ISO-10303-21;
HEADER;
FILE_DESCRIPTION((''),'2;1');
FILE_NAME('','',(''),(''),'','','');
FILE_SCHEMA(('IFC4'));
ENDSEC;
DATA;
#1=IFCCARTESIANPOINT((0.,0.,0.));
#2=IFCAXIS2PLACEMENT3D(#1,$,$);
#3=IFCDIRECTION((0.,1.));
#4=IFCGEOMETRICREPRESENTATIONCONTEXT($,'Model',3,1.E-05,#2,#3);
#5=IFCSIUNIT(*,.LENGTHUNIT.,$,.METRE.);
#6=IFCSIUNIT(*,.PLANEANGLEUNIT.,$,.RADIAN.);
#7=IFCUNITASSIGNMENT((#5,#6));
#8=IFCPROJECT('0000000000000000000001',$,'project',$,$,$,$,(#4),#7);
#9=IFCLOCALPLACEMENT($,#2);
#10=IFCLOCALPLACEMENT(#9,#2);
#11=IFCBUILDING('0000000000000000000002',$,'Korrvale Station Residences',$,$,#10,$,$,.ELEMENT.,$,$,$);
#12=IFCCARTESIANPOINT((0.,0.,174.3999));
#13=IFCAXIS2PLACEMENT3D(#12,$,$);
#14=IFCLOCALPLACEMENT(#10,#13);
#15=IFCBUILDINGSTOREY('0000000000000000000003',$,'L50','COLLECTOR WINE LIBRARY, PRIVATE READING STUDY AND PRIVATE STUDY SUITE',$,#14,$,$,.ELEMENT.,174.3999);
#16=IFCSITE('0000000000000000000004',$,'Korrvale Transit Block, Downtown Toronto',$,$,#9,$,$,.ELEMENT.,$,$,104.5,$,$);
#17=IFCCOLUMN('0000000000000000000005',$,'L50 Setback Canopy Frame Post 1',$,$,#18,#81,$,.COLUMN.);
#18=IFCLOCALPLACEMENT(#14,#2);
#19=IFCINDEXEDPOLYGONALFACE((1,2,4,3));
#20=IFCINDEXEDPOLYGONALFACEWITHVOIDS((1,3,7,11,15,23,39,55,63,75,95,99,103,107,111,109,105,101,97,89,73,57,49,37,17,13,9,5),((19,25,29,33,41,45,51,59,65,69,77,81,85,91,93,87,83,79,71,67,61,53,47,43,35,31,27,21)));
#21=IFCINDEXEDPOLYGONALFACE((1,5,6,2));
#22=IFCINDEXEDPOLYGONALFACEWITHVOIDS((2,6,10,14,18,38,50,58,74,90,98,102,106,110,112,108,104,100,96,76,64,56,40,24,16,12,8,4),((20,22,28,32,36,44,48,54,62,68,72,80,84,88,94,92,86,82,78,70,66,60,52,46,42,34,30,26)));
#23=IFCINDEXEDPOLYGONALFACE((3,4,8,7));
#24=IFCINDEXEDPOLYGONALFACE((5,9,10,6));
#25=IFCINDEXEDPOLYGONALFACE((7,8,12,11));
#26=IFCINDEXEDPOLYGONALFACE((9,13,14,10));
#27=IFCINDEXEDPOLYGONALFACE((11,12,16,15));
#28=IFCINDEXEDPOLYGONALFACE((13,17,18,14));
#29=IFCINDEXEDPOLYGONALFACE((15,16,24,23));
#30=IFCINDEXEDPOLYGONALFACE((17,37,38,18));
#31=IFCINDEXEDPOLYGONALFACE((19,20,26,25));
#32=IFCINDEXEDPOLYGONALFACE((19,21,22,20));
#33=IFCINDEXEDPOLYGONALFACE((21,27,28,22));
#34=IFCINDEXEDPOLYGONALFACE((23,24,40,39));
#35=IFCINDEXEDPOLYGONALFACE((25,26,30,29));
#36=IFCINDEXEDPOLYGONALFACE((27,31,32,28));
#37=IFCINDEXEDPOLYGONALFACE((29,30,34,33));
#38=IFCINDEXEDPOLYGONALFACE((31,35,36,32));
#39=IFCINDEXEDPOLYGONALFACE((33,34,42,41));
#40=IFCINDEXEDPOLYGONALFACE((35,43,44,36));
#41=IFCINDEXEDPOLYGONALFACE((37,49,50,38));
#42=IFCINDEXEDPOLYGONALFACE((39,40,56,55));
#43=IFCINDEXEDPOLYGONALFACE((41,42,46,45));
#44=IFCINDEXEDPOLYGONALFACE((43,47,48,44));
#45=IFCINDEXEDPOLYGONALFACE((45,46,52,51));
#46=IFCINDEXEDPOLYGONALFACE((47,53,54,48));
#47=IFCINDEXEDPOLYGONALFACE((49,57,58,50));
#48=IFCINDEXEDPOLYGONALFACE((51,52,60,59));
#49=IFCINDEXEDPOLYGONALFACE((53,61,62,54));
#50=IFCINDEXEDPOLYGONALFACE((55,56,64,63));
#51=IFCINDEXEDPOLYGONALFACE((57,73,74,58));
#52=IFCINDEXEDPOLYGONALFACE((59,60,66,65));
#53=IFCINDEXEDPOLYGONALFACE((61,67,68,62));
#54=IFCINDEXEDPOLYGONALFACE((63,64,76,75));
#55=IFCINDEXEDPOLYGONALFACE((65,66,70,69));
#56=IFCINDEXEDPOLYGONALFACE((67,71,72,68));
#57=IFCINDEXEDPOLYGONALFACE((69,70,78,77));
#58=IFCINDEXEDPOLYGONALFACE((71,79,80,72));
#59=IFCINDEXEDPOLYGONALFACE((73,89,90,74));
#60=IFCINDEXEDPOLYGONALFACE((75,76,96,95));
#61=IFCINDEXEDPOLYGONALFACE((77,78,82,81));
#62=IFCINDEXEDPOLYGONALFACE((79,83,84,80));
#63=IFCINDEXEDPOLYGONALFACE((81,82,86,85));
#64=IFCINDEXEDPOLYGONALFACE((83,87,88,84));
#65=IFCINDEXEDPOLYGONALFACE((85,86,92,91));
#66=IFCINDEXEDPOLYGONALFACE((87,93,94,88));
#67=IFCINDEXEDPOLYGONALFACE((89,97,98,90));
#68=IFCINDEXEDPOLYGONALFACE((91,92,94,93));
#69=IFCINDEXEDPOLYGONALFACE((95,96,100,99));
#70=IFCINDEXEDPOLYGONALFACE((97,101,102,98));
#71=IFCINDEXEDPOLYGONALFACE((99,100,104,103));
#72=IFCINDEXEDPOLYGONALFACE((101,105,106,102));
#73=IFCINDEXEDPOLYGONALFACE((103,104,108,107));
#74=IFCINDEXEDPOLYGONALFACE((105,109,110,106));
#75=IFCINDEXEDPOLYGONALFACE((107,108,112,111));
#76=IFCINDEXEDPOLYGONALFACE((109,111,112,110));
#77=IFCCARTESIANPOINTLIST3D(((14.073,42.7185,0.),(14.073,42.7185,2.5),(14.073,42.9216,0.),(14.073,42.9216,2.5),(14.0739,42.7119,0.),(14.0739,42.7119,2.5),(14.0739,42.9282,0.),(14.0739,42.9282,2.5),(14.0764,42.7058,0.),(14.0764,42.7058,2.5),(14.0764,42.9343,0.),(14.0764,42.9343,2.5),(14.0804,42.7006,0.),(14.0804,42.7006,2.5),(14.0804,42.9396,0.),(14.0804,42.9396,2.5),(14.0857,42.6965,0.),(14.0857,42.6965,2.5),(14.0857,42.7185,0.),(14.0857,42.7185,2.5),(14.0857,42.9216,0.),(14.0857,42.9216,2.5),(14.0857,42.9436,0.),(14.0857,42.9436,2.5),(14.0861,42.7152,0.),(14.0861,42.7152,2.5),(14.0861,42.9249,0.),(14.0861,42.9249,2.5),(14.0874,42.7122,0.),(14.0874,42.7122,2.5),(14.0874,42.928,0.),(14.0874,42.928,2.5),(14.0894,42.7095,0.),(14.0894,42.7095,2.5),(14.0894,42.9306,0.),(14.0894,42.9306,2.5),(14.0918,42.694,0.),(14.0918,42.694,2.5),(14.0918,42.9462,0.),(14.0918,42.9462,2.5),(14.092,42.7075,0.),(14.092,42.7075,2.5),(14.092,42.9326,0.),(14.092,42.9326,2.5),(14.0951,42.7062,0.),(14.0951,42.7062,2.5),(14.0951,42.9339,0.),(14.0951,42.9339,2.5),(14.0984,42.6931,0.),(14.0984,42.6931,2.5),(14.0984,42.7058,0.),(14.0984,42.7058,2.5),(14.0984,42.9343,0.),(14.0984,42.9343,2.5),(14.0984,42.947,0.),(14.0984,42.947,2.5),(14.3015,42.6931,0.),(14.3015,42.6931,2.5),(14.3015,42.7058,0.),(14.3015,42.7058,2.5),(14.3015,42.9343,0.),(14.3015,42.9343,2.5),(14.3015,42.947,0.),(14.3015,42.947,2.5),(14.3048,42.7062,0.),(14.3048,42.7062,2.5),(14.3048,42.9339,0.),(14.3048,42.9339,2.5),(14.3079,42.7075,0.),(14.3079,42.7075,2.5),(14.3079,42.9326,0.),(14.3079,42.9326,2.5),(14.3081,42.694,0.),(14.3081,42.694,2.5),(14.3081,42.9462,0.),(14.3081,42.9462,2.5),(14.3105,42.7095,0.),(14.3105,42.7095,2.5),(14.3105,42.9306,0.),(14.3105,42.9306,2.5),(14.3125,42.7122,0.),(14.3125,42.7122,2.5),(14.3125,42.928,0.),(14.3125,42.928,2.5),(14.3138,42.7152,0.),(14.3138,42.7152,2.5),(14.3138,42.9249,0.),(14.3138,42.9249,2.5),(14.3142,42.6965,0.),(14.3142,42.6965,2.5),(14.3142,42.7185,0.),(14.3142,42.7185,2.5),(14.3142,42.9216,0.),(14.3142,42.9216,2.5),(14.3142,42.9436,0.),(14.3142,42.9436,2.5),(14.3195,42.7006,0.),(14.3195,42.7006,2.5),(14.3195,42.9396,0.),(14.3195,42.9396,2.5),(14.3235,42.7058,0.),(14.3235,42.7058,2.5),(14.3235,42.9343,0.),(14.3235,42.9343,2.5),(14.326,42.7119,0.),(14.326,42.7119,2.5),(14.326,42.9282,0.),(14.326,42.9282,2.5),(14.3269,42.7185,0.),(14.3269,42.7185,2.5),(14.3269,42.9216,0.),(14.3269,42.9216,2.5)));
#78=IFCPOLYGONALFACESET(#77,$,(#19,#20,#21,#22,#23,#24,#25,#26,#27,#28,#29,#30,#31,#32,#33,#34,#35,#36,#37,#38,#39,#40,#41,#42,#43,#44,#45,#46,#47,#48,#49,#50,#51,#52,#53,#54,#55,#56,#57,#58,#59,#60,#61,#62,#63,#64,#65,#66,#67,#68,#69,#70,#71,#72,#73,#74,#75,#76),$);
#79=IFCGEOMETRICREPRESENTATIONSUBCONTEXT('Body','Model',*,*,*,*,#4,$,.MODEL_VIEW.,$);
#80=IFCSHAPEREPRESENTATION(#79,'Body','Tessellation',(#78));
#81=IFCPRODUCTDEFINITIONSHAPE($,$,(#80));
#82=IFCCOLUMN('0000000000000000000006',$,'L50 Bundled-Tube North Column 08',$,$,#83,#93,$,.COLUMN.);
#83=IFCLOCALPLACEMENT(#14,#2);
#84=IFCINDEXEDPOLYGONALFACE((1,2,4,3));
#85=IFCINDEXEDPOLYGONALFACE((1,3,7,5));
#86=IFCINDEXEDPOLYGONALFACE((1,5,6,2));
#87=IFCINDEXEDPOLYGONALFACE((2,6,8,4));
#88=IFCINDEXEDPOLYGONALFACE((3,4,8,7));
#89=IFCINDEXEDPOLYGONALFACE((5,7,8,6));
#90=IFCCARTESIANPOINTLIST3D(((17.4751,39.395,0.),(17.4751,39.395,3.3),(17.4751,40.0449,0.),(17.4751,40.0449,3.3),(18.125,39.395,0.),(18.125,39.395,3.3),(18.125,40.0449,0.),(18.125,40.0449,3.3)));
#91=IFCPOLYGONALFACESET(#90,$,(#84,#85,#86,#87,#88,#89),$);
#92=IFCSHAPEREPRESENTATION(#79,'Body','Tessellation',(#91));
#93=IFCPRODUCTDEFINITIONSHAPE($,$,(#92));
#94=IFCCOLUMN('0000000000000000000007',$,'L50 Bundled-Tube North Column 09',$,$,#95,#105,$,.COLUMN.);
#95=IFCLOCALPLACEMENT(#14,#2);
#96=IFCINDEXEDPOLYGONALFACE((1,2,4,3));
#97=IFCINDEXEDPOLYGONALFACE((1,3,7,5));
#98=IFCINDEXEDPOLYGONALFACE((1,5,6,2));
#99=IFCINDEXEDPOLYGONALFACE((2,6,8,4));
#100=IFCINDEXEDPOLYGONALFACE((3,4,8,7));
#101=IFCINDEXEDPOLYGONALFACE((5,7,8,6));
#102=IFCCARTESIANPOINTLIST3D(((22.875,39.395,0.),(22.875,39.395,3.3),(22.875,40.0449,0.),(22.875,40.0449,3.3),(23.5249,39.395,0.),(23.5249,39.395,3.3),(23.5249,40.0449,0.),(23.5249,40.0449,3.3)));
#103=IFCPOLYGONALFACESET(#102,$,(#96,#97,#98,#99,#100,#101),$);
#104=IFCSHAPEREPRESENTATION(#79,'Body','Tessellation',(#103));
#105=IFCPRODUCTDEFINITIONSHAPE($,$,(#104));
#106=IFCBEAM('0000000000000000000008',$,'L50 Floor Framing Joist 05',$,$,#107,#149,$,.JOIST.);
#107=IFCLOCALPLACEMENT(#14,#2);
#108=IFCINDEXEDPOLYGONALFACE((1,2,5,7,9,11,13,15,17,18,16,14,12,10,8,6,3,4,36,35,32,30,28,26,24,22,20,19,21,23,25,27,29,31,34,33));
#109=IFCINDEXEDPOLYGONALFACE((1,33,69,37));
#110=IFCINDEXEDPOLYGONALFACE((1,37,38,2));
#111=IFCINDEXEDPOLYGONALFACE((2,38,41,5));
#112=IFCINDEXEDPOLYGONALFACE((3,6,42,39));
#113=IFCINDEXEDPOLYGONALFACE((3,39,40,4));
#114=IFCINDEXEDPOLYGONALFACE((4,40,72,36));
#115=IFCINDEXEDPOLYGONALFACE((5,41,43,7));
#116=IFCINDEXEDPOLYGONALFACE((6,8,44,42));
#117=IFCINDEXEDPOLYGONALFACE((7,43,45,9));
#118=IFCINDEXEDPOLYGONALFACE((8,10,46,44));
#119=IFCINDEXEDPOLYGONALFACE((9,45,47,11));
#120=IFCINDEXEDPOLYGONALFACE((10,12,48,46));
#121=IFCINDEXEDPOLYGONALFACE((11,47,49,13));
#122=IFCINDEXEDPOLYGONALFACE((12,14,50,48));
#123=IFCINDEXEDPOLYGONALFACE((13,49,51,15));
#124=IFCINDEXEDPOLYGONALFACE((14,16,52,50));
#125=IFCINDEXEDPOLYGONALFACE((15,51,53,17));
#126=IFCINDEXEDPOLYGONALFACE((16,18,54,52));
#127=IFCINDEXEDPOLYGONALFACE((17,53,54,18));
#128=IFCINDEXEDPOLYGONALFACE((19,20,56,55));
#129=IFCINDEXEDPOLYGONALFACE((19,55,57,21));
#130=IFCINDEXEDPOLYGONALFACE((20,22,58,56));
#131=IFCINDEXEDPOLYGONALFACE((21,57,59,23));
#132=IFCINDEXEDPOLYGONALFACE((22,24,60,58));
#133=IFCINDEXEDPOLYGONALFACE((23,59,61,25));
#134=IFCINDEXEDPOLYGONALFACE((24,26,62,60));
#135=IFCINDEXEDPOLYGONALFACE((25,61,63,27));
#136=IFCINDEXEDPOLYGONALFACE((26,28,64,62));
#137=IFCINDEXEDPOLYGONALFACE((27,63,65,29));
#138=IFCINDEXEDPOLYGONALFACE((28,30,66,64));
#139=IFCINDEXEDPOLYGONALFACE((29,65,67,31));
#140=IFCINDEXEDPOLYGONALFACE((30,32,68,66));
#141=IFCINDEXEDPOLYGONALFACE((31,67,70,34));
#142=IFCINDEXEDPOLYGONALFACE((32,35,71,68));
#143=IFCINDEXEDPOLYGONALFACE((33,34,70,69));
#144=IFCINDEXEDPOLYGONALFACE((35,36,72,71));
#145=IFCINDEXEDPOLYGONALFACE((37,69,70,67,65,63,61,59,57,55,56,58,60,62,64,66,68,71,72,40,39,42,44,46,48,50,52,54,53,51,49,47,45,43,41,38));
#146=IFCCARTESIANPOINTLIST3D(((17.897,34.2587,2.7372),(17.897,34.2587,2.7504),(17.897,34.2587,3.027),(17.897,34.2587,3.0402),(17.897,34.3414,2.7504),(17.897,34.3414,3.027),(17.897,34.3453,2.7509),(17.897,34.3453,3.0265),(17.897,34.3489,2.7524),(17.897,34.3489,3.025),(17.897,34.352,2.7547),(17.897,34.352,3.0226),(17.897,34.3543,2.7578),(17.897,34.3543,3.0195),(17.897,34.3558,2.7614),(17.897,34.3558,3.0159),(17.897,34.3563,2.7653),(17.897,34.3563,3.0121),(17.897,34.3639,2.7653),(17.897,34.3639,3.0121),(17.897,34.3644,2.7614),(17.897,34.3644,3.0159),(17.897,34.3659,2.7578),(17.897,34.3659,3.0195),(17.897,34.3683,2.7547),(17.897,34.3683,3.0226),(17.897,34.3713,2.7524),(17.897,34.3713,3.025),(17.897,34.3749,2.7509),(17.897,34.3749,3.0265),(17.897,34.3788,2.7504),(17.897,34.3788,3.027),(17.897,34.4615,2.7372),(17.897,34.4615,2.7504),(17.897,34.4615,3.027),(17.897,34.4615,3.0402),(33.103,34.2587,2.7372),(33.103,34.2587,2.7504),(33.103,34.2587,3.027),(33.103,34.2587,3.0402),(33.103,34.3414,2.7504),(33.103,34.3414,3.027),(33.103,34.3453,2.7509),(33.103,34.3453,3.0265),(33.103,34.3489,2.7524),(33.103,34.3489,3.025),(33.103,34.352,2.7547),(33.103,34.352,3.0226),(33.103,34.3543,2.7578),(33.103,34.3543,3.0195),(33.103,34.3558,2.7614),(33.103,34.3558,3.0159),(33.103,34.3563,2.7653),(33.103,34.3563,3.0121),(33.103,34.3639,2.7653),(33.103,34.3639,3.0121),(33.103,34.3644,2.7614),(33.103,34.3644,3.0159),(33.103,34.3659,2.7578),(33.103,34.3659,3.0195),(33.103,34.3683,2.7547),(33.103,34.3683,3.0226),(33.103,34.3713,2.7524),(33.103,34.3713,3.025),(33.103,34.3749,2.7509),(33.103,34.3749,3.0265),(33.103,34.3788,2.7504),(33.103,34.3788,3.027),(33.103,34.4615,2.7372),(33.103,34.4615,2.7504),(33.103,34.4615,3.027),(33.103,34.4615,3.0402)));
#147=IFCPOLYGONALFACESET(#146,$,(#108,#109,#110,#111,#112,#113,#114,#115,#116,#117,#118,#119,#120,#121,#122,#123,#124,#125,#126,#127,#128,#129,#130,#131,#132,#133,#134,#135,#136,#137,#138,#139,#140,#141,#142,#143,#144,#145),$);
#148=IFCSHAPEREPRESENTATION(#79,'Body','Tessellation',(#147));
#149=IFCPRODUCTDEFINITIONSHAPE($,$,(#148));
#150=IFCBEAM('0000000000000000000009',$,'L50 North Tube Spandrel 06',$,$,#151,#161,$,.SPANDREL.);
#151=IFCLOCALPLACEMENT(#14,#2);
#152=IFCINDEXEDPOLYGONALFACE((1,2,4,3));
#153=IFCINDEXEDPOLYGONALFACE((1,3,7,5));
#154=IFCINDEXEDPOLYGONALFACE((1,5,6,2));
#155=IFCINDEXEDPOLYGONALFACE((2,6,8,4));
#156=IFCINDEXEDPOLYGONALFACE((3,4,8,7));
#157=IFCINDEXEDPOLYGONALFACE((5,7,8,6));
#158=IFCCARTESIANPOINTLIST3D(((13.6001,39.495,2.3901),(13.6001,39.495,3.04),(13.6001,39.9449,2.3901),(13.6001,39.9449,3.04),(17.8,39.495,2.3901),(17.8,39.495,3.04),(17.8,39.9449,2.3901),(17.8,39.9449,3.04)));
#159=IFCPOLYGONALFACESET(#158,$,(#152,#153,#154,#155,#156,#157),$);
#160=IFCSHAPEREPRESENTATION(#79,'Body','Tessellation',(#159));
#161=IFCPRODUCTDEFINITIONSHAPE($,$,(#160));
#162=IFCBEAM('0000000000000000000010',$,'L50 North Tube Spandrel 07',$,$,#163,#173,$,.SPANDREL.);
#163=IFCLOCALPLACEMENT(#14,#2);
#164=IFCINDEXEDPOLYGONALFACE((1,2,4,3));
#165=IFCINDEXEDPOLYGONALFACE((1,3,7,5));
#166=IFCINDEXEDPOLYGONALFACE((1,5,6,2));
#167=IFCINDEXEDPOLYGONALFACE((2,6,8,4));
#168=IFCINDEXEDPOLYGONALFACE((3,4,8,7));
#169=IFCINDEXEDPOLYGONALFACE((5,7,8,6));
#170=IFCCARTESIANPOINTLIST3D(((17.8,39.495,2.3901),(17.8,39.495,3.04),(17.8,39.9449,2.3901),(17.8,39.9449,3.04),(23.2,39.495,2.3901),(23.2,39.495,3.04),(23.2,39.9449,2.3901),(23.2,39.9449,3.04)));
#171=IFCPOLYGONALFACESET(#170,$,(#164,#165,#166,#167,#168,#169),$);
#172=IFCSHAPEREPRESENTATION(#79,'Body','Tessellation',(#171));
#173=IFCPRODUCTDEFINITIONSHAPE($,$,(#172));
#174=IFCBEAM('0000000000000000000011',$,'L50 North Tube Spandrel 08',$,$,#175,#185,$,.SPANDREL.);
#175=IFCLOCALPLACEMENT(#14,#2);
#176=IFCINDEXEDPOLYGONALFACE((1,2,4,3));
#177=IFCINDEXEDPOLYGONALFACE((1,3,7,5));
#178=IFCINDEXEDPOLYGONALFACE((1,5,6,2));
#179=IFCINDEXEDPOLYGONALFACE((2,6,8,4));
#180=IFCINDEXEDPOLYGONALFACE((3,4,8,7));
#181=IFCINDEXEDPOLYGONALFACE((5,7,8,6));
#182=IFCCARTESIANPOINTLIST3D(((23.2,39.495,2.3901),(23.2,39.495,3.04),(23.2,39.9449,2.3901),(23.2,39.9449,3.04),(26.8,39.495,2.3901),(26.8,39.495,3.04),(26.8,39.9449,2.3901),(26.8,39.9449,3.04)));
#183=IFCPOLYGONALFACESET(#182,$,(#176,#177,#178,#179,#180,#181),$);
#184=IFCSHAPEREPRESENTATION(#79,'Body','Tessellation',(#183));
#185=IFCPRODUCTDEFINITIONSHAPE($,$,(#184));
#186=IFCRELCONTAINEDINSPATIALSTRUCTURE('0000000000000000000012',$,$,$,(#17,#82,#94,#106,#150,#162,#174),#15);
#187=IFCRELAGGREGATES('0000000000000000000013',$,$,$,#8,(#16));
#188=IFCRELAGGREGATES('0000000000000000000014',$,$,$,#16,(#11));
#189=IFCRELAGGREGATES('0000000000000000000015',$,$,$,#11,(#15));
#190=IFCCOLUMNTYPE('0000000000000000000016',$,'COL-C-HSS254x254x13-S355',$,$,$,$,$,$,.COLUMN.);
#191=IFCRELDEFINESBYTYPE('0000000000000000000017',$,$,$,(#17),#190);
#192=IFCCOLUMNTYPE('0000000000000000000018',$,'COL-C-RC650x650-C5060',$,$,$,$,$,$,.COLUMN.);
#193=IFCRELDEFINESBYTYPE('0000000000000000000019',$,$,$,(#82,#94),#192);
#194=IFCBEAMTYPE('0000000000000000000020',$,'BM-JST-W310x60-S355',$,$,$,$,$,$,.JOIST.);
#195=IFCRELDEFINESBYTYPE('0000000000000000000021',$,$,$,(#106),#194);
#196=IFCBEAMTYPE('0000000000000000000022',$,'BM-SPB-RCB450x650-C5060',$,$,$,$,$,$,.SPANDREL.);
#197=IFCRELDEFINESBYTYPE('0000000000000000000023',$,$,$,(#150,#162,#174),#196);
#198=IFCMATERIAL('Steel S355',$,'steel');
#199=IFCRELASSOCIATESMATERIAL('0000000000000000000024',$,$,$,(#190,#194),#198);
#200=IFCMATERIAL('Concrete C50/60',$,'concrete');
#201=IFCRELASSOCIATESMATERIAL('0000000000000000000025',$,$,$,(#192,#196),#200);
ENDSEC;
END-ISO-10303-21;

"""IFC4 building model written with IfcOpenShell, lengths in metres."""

from ifc_helpers import new_model, si_unit, direction, frame, origin, origin_2d, place, context, subcontext, project, spatial, rectangle, hollow_rectangle, i_section, extrude, material, material_profile, profile_set, type_object, element, save


model = new_model("IFC4")

# Units and contexts
model_context = context("Model", 3, precision=1e-05, world=origin(), true_north=direction((0.0, 1.0)))
body_context = subcontext(model_context, "Body", "Model", "MODEL_VIEW")
ifc_project = project(units=[si_unit("LENGTHUNIT", "METRE"), si_unit("PLANEANGLEUNIT", "RADIAN")], contexts=[model_context])

# Site, building, storey
site_placement = place(None, origin())
site = spatial("IfcSite", under=ifc_project, at=site_placement, Name="Korrvale Transit Block, Downtown Toronto", CompositionType="ELEMENT", RefElevation=104.5)
building_placement = place(site_placement, origin())
building = spatial("IfcBuilding", under=site, at=building_placement, Name="Korrvale Station Residences", CompositionType="ELEMENT")
storey_placement = place(building_placement, frame((0.0, 0.0, 174.3999)))
storey = spatial("IfcBuildingStorey", under=building, at=storey_placement, Name="L50", Description="COLLECTOR WINE LIBRARY, PRIVATE READING STUDY AND PRIVATE STUDY SUITE", CompositionType="ELEMENT", Elevation=174.3999)

# Columns
ifc_material_1 = material(Name="Steel S355", Category="steel")
ifc_material_profile_1 = material_profile(ifc_material_1, hollow_rectangle(XDim=0.2539, YDim=0.2539, WallThickness=0.0127, InnerFilletRadius=0.0127, OuterFilletRadius=0.0254, at=origin_2d()), Name="HSS254x254x13")
ifc_profile_set_1 = profile_set([ifc_material_profile_1], Name="Steel S355")
column_type_1 = type_object("IfcColumnType", Name="COL-C-HSS254x254x13-S355", PredefinedType="COLUMN", material=ifc_profile_set_1)
column_placement = place(storey_placement, frame((14.2, 42.8201, 0.0), z_axis=(0.0, 0.0, 1.0), x_axis=(1.0, 0.0, 0.0)))
element("IfcColumn", 1, at=column_placement, inside=storey, type_object=column_type_1, Name="L50 Setback Canopy Frame Post 1", PredefinedType="COLUMN", context=body_context, shape_type="SweptSolid", body=[
    extrude(hollow_rectangle(XDim=0.2539, YDim=0.2539, WallThickness=0.0127, InnerFilletRadius=0.0127, OuterFilletRadius=0.0254, at=origin_2d()), origin(), (0.0, 0.0, 1.0), 2.5),
])
ifc_material_2 = material(Name="Concrete C50/60", Category="concrete")
ifc_material_profile_2 = material_profile(ifc_material_2, rectangle(XDim=0.6499, YDim=0.6499, at=origin_2d()), Name="RC650x650")
ifc_profile_set_2 = profile_set([ifc_material_profile_2], Name="Concrete C50/60")
column_type_2 = type_object("IfcColumnType", Name="COL-C-RC650x650-C5060", PredefinedType="COLUMN", material=ifc_profile_set_2)
for number, where, z_axis, x_axis, name in (
    (2, (17.8, 39.72, 0.0), (0.0, 0.0, 1.0), (1.0, 0.0, 0.0), "L50 Bundled-Tube North Column 08"),
    (3, (23.2, 39.72, 0.0), (0.0, 0.0, 1.0), (1.0, 0.0, 0.0), "L50 Bundled-Tube North Column 09"),
):
    element("IfcColumn", number, at=place(storey_placement, frame(where, z_axis=z_axis, x_axis=x_axis)), inside=storey, type_object=column_type_2, Name=name, PredefinedType="COLUMN", context=body_context, shape_type="SweptSolid", body=[
        extrude(rectangle(XDim=0.6499, YDim=0.6499, at=origin_2d()), origin(), (0.0, 0.0, 1.0), 3.3),
    ])

# Beams
ifc_material_profile_3 = material_profile(ifc_material_1, i_section(OverallWidth=0.2029, OverallDepth=0.303, WebThickness=0.0076, FlangeThickness=0.0132, FilletRadius=0.0149, at=origin_2d()), Name="W310x60")
ifc_profile_set_3 = profile_set([ifc_material_profile_3], Name="Steel S355")
beam_type_1 = type_object("IfcBeamType", Name="BM-JST-W310x60-S355", PredefinedType="JOIST", material=ifc_profile_set_3)
beam_1_placement = place(storey_placement, frame((17.897, 34.3601, 2.8887), z_axis=(1.0, 0.0, 0.0), x_axis=(0.0, 1.0, 0.0)))
element("IfcBeam", 4, at=beam_1_placement, inside=storey, type_object=beam_type_1, Name="L50 Floor Framing Joist 05", PredefinedType="JOIST", context=body_context, shape_type="SweptSolid", body=[
    extrude(i_section(OverallWidth=0.2029, OverallDepth=0.303, WebThickness=0.0076, FlangeThickness=0.0132, FilletRadius=0.0149, at=origin_2d()), origin(), (0.0, 0.0, 1.0), 15.2061),
])
ifc_material_profile_4 = material_profile(ifc_material_2, rectangle(XDim=0.45, YDim=0.6499, at=origin_2d()), Name="RCB450x650")
ifc_profile_set_4 = profile_set([ifc_material_profile_4], Name="Concrete C50/60")
beam_type_2 = type_object("IfcBeamType", Name="BM-SPB-RCB450x650-C5060", PredefinedType="SPANDREL", material=ifc_profile_set_4)
beam_2_placement = place(storey_placement, frame((13.6001, 39.72, 2.7151), z_axis=(1.0, 0.0, 0.0), x_axis=(0.0, 1.0, 0.0)))
element("IfcBeam", 5, at=beam_2_placement, inside=storey, type_object=beam_type_2, Name="L50 North Tube Spandrel 06", PredefinedType="SPANDREL", context=body_context, shape_type="SweptSolid", body=[
    extrude(rectangle(XDim=0.45, YDim=0.6499, at=origin_2d()), origin(), (0.0, 0.0, 1.0), 4.2),
])
beam_3_placement = place(storey_placement, frame((17.8, 39.72, 2.7151), z_axis=(1.0, 0.0, 0.0), x_axis=(0.0, 1.0, 0.0)))
element("IfcBeam", 6, at=beam_3_placement, inside=storey, type_object=beam_type_2, Name="L50 North Tube Spandrel 07", PredefinedType="SPANDREL", context=body_context, shape_type="SweptSolid", body=[
    extrude(rectangle(XDim=0.45, YDim=0.6499, at=origin_2d()), origin(), (0.0, 0.0, 1.0), 5.3999),
])
beam_4_placement = place(storey_placement, frame((23.2, 39.72, 2.7151), z_axis=(1.0, 0.0, 0.0), x_axis=(0.0, 1.0, 0.0)))
element("IfcBeam", 7, at=beam_4_placement, inside=storey, type_object=beam_type_2, Name="L50 North Tube Spandrel 08", PredefinedType="SPANDREL", context=body_context, shape_type="SweptSolid", body=[
    extrude(rectangle(XDim=0.45, YDim=0.6499, at=origin_2d()), origin(), (0.0, 0.0, 1.0), 3.6001),
])

save(model, "model.ifc")
